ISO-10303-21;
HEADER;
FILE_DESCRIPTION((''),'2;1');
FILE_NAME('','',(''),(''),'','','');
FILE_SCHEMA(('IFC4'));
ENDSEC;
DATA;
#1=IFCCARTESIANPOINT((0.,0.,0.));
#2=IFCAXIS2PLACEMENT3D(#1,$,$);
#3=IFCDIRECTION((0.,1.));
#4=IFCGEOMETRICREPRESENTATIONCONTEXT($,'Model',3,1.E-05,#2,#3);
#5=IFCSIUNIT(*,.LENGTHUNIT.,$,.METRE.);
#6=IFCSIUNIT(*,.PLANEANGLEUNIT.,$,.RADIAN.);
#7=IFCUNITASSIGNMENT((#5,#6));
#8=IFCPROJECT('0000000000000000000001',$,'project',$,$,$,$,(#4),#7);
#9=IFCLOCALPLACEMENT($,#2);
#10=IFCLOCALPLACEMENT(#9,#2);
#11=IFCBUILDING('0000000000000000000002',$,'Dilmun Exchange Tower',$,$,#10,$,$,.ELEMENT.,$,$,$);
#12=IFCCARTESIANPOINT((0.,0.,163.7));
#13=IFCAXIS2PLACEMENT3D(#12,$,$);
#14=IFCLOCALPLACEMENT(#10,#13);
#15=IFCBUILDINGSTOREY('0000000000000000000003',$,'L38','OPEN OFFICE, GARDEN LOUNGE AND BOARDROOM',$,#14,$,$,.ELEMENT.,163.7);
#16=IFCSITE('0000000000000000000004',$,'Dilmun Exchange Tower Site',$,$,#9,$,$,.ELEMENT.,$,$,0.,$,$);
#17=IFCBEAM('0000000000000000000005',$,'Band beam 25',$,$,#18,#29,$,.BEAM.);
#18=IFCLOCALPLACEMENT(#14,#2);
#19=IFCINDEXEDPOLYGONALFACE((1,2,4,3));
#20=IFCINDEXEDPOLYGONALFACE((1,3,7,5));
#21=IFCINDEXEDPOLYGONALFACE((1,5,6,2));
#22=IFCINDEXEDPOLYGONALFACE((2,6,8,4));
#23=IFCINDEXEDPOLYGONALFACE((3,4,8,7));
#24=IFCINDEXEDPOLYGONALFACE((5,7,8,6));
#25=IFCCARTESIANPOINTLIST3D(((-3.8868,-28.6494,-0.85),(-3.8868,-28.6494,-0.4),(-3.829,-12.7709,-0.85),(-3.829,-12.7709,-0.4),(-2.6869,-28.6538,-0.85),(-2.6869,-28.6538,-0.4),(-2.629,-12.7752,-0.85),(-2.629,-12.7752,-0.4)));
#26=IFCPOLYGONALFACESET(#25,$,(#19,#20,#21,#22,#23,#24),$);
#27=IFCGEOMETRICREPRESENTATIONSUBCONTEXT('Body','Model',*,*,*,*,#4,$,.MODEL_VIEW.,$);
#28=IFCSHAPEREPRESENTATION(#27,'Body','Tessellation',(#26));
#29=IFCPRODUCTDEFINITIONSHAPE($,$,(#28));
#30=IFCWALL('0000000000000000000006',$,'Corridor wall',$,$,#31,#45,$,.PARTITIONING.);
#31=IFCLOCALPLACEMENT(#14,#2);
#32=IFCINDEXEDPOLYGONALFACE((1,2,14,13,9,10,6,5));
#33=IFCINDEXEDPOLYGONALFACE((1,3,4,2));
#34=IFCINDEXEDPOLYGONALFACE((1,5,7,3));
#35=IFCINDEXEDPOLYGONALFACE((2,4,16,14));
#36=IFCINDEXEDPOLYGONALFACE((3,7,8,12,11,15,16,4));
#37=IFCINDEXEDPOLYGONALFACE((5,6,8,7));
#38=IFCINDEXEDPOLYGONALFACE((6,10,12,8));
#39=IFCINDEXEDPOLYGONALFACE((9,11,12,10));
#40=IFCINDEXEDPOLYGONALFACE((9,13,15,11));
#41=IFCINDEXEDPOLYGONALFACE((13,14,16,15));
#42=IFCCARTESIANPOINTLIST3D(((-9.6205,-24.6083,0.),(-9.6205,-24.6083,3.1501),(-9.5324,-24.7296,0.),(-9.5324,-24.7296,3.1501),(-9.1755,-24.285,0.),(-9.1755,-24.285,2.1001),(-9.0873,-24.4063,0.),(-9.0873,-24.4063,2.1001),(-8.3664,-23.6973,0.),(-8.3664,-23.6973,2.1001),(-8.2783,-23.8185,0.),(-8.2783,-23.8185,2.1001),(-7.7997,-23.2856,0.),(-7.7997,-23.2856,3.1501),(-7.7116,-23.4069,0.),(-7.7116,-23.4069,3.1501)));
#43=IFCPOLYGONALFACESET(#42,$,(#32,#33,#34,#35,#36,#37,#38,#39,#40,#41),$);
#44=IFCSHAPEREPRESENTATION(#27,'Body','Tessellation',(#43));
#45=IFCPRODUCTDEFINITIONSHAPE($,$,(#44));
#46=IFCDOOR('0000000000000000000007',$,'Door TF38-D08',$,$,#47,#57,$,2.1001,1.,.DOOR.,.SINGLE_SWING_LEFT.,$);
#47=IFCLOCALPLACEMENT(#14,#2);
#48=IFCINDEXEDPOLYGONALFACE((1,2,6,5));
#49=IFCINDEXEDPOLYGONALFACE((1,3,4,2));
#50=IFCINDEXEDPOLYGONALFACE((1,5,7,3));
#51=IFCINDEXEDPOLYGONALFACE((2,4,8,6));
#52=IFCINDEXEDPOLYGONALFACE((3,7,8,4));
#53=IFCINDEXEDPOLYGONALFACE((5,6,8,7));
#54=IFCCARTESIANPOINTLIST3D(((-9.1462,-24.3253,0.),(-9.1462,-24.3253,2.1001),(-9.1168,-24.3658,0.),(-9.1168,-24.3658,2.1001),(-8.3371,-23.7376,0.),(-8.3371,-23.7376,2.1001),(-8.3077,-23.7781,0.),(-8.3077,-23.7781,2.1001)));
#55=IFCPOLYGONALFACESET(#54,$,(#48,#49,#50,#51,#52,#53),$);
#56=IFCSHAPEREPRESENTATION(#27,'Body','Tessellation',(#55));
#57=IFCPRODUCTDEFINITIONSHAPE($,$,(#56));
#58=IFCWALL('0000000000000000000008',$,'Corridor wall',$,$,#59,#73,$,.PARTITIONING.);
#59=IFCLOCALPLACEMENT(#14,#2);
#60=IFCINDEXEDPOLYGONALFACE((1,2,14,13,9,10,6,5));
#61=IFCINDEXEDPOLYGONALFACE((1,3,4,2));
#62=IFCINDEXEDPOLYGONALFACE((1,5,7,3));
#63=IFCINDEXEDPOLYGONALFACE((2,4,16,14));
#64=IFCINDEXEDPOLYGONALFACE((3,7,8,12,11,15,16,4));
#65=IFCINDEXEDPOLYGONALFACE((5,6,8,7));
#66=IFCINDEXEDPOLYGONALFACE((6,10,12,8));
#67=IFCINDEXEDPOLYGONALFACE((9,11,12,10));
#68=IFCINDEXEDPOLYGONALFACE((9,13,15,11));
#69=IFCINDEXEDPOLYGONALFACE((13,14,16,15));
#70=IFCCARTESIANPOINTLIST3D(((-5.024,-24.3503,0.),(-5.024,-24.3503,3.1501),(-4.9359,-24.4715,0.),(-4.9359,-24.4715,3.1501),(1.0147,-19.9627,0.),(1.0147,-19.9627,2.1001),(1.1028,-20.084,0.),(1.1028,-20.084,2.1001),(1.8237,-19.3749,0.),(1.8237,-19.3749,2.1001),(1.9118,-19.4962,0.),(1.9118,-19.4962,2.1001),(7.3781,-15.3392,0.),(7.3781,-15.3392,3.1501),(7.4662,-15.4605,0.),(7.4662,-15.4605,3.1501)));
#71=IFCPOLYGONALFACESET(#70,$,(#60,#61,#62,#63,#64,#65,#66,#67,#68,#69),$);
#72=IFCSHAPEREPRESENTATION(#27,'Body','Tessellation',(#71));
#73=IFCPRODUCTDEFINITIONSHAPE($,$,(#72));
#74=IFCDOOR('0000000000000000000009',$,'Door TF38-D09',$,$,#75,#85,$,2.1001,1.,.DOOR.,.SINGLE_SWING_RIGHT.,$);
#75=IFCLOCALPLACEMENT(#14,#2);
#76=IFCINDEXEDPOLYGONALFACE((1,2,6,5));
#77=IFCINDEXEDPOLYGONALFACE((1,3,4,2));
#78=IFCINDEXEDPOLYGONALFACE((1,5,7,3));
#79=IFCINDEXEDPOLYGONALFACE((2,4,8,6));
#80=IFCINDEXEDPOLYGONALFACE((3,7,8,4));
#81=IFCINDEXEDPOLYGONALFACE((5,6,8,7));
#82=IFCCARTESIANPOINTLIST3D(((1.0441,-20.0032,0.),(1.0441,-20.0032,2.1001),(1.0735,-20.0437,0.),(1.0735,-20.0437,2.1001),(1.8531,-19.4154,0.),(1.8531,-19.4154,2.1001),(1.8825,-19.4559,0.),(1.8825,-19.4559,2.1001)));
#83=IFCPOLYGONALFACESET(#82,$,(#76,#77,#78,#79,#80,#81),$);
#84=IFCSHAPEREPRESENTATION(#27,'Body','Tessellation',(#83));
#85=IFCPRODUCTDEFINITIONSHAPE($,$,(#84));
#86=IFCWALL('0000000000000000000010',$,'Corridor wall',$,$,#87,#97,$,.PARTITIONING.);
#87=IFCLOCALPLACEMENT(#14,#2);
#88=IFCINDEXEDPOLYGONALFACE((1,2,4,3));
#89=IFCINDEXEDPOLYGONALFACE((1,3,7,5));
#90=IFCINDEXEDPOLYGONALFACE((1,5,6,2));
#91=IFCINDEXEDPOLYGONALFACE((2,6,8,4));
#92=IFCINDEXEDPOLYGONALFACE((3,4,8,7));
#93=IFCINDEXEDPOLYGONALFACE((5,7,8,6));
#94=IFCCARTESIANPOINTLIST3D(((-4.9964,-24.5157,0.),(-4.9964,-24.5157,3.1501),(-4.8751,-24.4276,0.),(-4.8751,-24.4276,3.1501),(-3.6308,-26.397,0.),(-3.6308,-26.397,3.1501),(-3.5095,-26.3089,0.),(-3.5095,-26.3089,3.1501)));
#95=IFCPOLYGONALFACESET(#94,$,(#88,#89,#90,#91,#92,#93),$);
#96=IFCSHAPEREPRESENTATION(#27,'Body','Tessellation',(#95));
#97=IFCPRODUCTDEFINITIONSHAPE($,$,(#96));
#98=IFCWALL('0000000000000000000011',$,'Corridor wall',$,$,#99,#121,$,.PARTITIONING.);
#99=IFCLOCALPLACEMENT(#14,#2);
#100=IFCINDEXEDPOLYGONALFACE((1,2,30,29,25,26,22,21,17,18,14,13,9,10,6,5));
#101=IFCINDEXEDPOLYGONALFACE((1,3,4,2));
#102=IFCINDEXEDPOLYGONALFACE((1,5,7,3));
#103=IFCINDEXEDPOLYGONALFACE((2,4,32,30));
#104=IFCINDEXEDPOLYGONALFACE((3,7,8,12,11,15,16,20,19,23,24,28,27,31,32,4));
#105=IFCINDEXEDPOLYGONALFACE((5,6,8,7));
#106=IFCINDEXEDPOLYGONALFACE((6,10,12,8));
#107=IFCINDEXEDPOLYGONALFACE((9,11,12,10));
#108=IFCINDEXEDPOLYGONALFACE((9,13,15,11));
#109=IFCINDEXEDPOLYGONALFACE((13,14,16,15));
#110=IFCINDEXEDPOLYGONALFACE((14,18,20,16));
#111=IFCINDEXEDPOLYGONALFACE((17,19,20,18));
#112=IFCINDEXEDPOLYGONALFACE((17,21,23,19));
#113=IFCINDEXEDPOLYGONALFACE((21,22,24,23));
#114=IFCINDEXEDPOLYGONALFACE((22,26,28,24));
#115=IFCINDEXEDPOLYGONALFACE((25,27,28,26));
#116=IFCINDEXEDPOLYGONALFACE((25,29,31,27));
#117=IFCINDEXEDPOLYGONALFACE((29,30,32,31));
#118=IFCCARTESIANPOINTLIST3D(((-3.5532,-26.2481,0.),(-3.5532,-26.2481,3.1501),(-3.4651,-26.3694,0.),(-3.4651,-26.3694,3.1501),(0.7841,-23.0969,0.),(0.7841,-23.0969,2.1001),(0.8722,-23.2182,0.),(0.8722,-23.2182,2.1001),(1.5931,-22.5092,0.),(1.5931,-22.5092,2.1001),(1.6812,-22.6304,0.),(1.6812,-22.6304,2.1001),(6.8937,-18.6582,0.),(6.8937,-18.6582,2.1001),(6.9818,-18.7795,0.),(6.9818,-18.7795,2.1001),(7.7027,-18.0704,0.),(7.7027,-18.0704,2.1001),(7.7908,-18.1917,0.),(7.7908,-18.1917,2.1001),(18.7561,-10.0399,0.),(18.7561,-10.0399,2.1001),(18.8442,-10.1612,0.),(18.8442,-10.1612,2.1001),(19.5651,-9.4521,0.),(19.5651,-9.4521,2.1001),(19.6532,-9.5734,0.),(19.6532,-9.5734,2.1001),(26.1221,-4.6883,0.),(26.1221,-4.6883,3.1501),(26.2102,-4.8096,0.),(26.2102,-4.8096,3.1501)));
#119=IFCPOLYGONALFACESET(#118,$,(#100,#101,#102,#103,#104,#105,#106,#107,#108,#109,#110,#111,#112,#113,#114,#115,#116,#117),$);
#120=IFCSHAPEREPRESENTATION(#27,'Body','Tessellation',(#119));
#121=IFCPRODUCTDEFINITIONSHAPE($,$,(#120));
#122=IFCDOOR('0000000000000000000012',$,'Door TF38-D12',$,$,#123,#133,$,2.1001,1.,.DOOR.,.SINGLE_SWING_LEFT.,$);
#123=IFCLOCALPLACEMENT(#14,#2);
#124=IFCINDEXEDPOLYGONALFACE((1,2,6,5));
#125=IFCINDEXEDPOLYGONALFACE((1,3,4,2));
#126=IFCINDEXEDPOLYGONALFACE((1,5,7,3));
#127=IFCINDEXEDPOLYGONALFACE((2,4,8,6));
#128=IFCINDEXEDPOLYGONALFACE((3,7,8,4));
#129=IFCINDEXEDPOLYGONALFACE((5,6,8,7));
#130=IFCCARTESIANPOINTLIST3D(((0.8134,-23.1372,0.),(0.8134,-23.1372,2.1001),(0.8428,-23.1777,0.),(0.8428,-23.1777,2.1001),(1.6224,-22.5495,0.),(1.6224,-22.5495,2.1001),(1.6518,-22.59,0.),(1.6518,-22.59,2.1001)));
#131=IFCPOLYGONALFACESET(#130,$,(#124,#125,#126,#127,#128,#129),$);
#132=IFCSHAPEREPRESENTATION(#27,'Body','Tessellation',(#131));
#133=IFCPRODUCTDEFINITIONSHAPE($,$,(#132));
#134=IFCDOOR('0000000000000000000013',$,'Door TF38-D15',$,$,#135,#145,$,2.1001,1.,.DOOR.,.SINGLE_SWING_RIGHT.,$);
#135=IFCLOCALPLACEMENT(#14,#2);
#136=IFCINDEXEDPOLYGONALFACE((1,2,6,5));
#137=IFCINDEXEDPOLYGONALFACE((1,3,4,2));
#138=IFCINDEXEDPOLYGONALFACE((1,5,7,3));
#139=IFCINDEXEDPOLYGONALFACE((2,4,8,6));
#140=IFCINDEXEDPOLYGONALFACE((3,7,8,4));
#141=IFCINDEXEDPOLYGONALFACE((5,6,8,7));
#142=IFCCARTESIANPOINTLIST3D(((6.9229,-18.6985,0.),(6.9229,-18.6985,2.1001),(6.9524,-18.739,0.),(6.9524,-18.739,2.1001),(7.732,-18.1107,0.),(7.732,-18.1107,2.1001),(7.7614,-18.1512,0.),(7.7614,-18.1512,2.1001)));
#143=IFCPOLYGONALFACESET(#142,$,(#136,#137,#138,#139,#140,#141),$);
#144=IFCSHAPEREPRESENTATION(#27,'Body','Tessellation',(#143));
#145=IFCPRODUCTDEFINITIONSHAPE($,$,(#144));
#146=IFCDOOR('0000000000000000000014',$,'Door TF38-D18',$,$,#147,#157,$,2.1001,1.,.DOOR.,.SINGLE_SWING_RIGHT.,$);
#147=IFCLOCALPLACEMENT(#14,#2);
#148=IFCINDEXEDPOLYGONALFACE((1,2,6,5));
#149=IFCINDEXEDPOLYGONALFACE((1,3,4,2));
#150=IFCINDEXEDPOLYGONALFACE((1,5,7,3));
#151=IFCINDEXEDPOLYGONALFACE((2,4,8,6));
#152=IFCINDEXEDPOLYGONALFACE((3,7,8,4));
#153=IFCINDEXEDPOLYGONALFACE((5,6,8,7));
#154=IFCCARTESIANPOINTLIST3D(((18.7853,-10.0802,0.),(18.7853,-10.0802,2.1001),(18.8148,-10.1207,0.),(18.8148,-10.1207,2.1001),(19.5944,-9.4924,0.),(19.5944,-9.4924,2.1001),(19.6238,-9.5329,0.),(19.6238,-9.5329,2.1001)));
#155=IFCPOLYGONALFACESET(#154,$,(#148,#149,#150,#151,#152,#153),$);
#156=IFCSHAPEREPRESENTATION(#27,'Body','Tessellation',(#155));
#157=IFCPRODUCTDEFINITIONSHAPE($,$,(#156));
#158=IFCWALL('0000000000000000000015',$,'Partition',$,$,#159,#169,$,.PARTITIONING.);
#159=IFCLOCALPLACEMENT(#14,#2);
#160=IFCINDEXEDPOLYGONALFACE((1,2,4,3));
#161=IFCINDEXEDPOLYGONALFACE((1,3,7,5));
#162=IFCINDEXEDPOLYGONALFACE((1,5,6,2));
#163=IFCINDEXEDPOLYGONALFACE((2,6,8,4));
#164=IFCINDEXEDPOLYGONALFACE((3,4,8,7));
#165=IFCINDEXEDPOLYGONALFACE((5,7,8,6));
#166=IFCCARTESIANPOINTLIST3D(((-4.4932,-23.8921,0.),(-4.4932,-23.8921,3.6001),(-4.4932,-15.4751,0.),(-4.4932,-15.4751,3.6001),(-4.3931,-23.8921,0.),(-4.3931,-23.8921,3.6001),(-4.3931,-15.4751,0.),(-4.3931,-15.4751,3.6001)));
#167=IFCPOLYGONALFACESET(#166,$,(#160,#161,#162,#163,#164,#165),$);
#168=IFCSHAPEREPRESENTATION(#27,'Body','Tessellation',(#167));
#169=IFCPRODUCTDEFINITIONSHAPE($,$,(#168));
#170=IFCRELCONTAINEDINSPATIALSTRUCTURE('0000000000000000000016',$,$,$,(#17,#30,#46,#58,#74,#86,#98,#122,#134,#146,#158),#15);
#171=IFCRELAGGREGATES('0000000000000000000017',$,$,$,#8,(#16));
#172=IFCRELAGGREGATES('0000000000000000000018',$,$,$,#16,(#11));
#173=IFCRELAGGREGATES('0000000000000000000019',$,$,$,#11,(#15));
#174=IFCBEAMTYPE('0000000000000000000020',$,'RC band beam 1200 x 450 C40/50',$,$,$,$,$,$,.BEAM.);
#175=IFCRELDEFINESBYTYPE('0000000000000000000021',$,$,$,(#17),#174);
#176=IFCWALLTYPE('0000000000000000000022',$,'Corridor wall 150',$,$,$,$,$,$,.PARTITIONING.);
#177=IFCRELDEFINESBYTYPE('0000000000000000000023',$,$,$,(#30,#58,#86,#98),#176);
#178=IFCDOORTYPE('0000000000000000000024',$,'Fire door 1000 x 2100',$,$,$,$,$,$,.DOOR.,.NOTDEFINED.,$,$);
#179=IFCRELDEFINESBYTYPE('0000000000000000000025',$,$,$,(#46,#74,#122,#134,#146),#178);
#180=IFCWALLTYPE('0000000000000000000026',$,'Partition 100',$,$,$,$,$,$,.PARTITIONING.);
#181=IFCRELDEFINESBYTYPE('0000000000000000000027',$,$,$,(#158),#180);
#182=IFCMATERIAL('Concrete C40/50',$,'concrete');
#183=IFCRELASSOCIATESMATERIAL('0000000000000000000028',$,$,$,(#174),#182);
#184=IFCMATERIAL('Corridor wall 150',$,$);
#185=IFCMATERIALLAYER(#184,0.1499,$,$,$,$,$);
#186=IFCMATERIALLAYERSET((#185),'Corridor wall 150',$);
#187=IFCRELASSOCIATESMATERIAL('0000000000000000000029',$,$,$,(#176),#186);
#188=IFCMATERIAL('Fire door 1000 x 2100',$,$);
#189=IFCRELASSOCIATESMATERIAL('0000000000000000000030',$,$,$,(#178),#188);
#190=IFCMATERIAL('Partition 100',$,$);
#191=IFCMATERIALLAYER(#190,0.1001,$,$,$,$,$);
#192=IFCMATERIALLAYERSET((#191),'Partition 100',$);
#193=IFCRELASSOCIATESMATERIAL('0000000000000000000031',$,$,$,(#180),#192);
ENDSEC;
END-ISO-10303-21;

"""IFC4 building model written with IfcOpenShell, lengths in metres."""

from ifc_helpers import new_model, si_unit, direction, frame, frame_2d, origin, origin_2d, place, context, subcontext, project, spatial, rectangle, extrude, material, layer, layer_set, material_profile, profile_set, type_object, element, fill, save


model = new_model("IFC4")

# Units and contexts
model_context = context("Model", 3, precision=1e-05, world=origin(), true_north=direction((0.0, 1.0)))
body_context = subcontext(model_context, "Body", "Model", "MODEL_VIEW")
ifc_project = project(units=[si_unit("LENGTHUNIT", "METRE"), si_unit("PLANEANGLEUNIT", "RADIAN")], contexts=[model_context])

# Site, building, storey
site_placement = place(None, origin())
site = spatial("IfcSite", under=ifc_project, at=site_placement, Name="Dilmun Exchange Tower Site", CompositionType="ELEMENT", RefElevation=0.0)
building_placement = place(site_placement, origin())
building = spatial("IfcBuilding", under=site, at=building_placement, Name="Dilmun Exchange Tower", CompositionType="ELEMENT")
storey_placement = place(building_placement, frame((0.0, 0.0, 163.7)))
storey = spatial("IfcBuildingStorey", under=building, at=storey_placement, Name="L38", Description="OPEN OFFICE, GARDEN LOUNGE AND BOARDROOM", CompositionType="ELEMENT", Elevation=163.7)

# Beam
ifc_material_1 = material(Name="Concrete C40/50", Category="concrete")
ifc_material_profile = material_profile(ifc_material_1, rectangle(XDim=1.2, YDim=0.45, at=origin_2d()), Name="1200 x 450")
ifc_profile_set = profile_set([ifc_material_profile], Name="Concrete C40/50")
beam_type = type_object("IfcBeamType", Name="RC band beam 1200 x 450 C40/50", PredefinedType="BEAM", material=ifc_profile_set)
beam_placement = place(storey_placement, frame((-3.2869, -28.6516, -0.625), z_axis=(0.003644, 0.999993, 0.0), x_axis=(-0.999993, 0.003644, 0.0)))
element("IfcBeam", 1, at=beam_placement, inside=storey, type_object=beam_type, Name="Band beam 25", PredefinedType="BEAM", context=body_context, shape_type="SweptSolid", body=[
    extrude(rectangle(XDim=1.2, YDim=0.45, at=origin_2d()), origin(), (0.0, 0.0, 1.0), 15.8787),
])

# Walls, openings, doors
ifc_material_2 = material(Name="Corridor wall 150")
ifc_layer_1 = layer(ifc_material_2, 0.1499)
ifc_layer_set_1 = layer_set([ifc_layer_1], Name="Corridor wall 150")
wall_type_1 = type_object("IfcWallType", Name="Corridor wall 150", PredefinedType="PARTITIONING", material=ifc_layer_set_1)
wall_1_placement = place(storey_placement, frame((-9.5764, -24.6689, 0.0), z_axis=(0.0, 0.0, 1.0), x_axis=(0.809046, 0.587746, 0.0)))
wall_1 = element("IfcWall", 2, at=wall_1_placement, inside=storey, type_object=wall_type_1, Name="Corridor wall", PredefinedType="PARTITIONING", context=body_context, shape_type="SweptSolid", body=[
    extrude(rectangle(XDim=2.2505, YDim=0.1499, at=frame_2d((1.1252, 0.0))), origin(), (0.0, 0.0, 1.0), 3.1501),
])
opening_1_placement = place(wall_1_placement, frame((0.55, 0.0, 0.0)))
opening_1 = element("IfcOpeningElement", 3, at=opening_1_placement, cuts=wall_1, PredefinedType="OPENING", context=body_context, shape_type="SweptSolid", body=[
    extrude(rectangle(XDim=1.0, YDim=2.1001, at=frame_2d((0.5, 1.05))), frame((0.0, 0.085, 0.0), z_axis=(0.0, -1.0, 0.0), x_axis=(1.0, 0.0, 0.0)), (0.0, 0.0, 1.0), 0.1699),
])
ifc_material_3 = material(Name="Fire door 1000 x 2100")
door_type = type_object("IfcDoorType", Name="Fire door 1000 x 2100", OperationType="NOTDEFINED", PredefinedType="DOOR", material=ifc_material_3)
door_1_placement = place(opening_1_placement, frame((1.0, 0.0, 0.0), z_axis=(0.0, 0.0, 1.0), x_axis=(-1.0, 0.0, 0.0)))
door_1 = element("IfcDoor", 4, at=door_1_placement, inside=storey, type_object=door_type, Name="Door TF38-D08", OperationType="SINGLE_SWING_LEFT", OverallHeight=2.1001, OverallWidth=1.0, PredefinedType="DOOR", context=body_context, shape_type="SweptSolid", body=[
    extrude(rectangle(XDim=1.0, YDim=2.1001, at=frame_2d((0.5, 1.05))), frame((0.0, 0.0249, 0.0), z_axis=(0.0, -1.0, 0.0), x_axis=(1.0, 0.0, 0.0)), (0.0, 0.0, 1.0), 0.05),
])
fill(opening_1, door_1)
wall_2_placement = place(storey_placement, frame((-4.98, -24.4109, 0.0), z_axis=(0.0, 0.0, 1.0), x_axis=(0.809007, 0.587799, 0.0)))
wall_2 = element("IfcWall", 5, at=wall_2_placement, inside=storey, type_object=wall_type_1, Name="Corridor wall", PredefinedType="PARTITIONING", context=body_context, shape_type="SweptSolid", body=[
    extrude(rectangle(XDim=15.3301, YDim=0.1499, at=frame_2d((7.665, 0.0))), origin(), (0.0, 0.0, 1.0), 3.1501),
])
opening_2_placement = place(wall_2_placement, frame((7.4644, 0.0, 0.0)))
opening_2 = element("IfcOpeningElement", 6, at=opening_2_placement, cuts=wall_2, PredefinedType="OPENING", context=body_context, shape_type="SweptSolid", body=[
    extrude(rectangle(XDim=1.0, YDim=2.1001, at=frame_2d((0.5, 1.05))), frame((0.0, 0.085, 0.0), z_axis=(0.0, -1.0, 0.0), x_axis=(1.0, 0.0, 0.0)), (0.0, 0.0, 1.0), 0.1699),
])
door_2_placement = place(opening_2_placement, origin())
door_2 = element("IfcDoor", 7, at=door_2_placement, inside=storey, type_object=door_type, Name="Door TF38-D09", OperationType="SINGLE_SWING_RIGHT", OverallHeight=2.1001, OverallWidth=1.0, PredefinedType="DOOR", context=body_context, shape_type="SweptSolid", body=[
    extrude(rectangle(XDim=1.0, YDim=2.1001, at=frame_2d((0.5, 1.05))), frame((0.0, 0.0249, 0.0), z_axis=(0.0, -1.0, 0.0), x_axis=(1.0, 0.0, 0.0)), (0.0, 0.0, 1.0), 0.05),
])
fill(opening_2, door_2)

# Wall
wall_3_placement = place(storey_placement, frame((-4.9358, -24.4717, 0.0), z_axis=(0.0, 0.0, 1.0), x_axis=(0.58746, -0.809253, 0.0)))
element("IfcWall", 8, at=wall_3_placement, inside=storey, type_object=wall_type_1, Name="Corridor wall", PredefinedType="PARTITIONING", context=body_context, shape_type="SweptSolid", body=[
    extrude(rectangle(XDim=2.3247, YDim=0.1499, at=frame_2d((1.1624, 0.0))), origin(), (0.0, 0.0, 1.0), 3.1501),
])

# Wall, openings, doors
wall_4_placement = place(storey_placement, frame((-3.5093, -26.3088, 0.0), z_axis=(0.0, 0.0, 1.0), x_axis=(0.809024, 0.587775, 0.0)))
wall_4 = element("IfcWall", 9, at=wall_4_placement, inside=storey, type_object=wall_type_1, Name="Corridor wall", PredefinedType="PARTITIONING", context=body_context, shape_type="SweptSolid", body=[
    extrude(rectangle(XDim=36.6804, YDim=0.1499, at=frame_2d((18.3403, 0.0))), origin(), (0.0, 0.0, 1.0), 3.1501),
])
opening_3_placement = place(wall_4_placement, frame((5.3613, 0.0, 0.0)))
opening_3 = element("IfcOpeningElement", 10, at=opening_3_placement, cuts=wall_4, PredefinedType="OPENING", context=body_context, shape_type="SweptSolid", body=[
    extrude(rectangle(XDim=1.0, YDim=2.1001, at=frame_2d((0.5, 1.05))), frame((0.0, 0.085, 0.0), z_axis=(0.0, -1.0, 0.0), x_axis=(1.0, 0.0, 0.0)), (0.0, 0.0, 1.0), 0.1699),
])
opening_4_placement = place(wall_4_placement, frame((12.9131, 0.0, 0.0)))
opening_4 = element("IfcOpeningElement", 11, at=opening_4_placement, cuts=wall_4, PredefinedType="OPENING", context=body_context, shape_type="SweptSolid", body=[
    extrude(rectangle(XDim=1.0, YDim=2.1001, at=frame_2d((0.5, 1.05))), frame((0.0, 0.085, 0.0), z_axis=(0.0, -1.0, 0.0), x_axis=(1.0, 0.0, 0.0)), (0.0, 0.0, 1.0), 0.1699),
])
opening_5_placement = place(wall_4_placement, frame((27.5757, 0.0, 0.0)))
opening_5 = element("IfcOpeningElement", 12, at=opening_5_placement, cuts=wall_4, PredefinedType="OPENING", context=body_context, shape_type="SweptSolid", body=[
    extrude(rectangle(XDim=1.0, YDim=2.1001, at=frame_2d((0.5, 1.05))), frame((0.0, 0.085, 0.0), z_axis=(0.0, -1.0, 0.0), x_axis=(1.0, 0.0, 0.0)), (0.0, 0.0, 1.0), 0.1699),
])
door_3_placement = place(opening_3_placement, frame((1.0, 0.0, 0.0), z_axis=(0.0, 0.0, 1.0), x_axis=(-1.0, 0.0, 0.0)))
door_3 = element("IfcDoor", 13, at=door_3_placement, inside=storey, type_object=door_type, Name="Door TF38-D12", OperationType="SINGLE_SWING_LEFT", OverallHeight=2.1001, OverallWidth=1.0, PredefinedType="DOOR", context=body_context, shape_type="SweptSolid", body=[
    extrude(rectangle(XDim=1.0, YDim=2.1001, at=frame_2d((0.5, 1.05))), frame((0.0, 0.0249, 0.0), z_axis=(0.0, -1.0, 0.0), x_axis=(1.0, 0.0, 0.0)), (0.0, 0.0, 1.0), 0.05),
])
fill(opening_3, door_3)
door_4_placement = place(opening_4_placement, frame((1.0, 0.0, 0.0), z_axis=(0.0, 0.0, 1.0), x_axis=(-1.0, 0.0, 0.0)))
door_4 = element("IfcDoor", 14, at=door_4_placement, inside=storey, type_object=door_type, Name="Door TF38-D15", OperationType="SINGLE_SWING_RIGHT", OverallHeight=2.1001, OverallWidth=1.0, PredefinedType="DOOR", context=body_context, shape_type="SweptSolid", body=[
    extrude(rectangle(XDim=1.0, YDim=2.1001, at=frame_2d((0.5, 1.05))), frame((0.0, 0.0249, 0.0), z_axis=(0.0, -1.0, 0.0), x_axis=(1.0, 0.0, 0.0)), (0.0, 0.0, 1.0), 0.05),
])
fill(opening_4, door_4)
door_5_placement = place(opening_5_placement, frame((1.0, 0.0, 0.0), z_axis=(0.0, 0.0, 1.0), x_axis=(-1.0, 0.0, 0.0)))
door_5 = element("IfcDoor", 15, at=door_5_placement, inside=storey, type_object=door_type, Name="Door TF38-D18", OperationType="SINGLE_SWING_RIGHT", OverallHeight=2.1001, OverallWidth=1.0, PredefinedType="DOOR", context=body_context, shape_type="SweptSolid", body=[
    extrude(rectangle(XDim=1.0, YDim=2.1001, at=frame_2d((0.5, 1.05))), frame((0.0, 0.0249, 0.0), z_axis=(0.0, -1.0, 0.0), x_axis=(1.0, 0.0, 0.0)), (0.0, 0.0, 1.0), 0.05),
])
fill(opening_5, door_5)

# Wall
ifc_material_4 = material(Name="Partition 100")
ifc_layer_2 = layer(ifc_material_4, 0.1001)
ifc_layer_set_2 = layer_set([ifc_layer_2], Name="Partition 100")
wall_type_2 = type_object("IfcWallType", Name="Partition 100", PredefinedType="PARTITIONING", material=ifc_layer_set_2)
wall_5_placement = place(storey_placement, frame((-4.4431, -23.8921, 0.0), z_axis=(0.0, 0.0, 1.0), x_axis=(0.0, 1.0, 0.0)))
element("IfcWall", 16, at=wall_5_placement, inside=storey, type_object=wall_type_2, Name="Partition", PredefinedType="PARTITIONING", context=body_context, shape_type="SweptSolid", body=[
    extrude(rectangle(XDim=8.417, YDim=0.1001, at=frame_2d((4.2085, 0.0))), origin(), (0.0, 0.0, 1.0), 3.6001),
])

save(model, "model.ifc")
